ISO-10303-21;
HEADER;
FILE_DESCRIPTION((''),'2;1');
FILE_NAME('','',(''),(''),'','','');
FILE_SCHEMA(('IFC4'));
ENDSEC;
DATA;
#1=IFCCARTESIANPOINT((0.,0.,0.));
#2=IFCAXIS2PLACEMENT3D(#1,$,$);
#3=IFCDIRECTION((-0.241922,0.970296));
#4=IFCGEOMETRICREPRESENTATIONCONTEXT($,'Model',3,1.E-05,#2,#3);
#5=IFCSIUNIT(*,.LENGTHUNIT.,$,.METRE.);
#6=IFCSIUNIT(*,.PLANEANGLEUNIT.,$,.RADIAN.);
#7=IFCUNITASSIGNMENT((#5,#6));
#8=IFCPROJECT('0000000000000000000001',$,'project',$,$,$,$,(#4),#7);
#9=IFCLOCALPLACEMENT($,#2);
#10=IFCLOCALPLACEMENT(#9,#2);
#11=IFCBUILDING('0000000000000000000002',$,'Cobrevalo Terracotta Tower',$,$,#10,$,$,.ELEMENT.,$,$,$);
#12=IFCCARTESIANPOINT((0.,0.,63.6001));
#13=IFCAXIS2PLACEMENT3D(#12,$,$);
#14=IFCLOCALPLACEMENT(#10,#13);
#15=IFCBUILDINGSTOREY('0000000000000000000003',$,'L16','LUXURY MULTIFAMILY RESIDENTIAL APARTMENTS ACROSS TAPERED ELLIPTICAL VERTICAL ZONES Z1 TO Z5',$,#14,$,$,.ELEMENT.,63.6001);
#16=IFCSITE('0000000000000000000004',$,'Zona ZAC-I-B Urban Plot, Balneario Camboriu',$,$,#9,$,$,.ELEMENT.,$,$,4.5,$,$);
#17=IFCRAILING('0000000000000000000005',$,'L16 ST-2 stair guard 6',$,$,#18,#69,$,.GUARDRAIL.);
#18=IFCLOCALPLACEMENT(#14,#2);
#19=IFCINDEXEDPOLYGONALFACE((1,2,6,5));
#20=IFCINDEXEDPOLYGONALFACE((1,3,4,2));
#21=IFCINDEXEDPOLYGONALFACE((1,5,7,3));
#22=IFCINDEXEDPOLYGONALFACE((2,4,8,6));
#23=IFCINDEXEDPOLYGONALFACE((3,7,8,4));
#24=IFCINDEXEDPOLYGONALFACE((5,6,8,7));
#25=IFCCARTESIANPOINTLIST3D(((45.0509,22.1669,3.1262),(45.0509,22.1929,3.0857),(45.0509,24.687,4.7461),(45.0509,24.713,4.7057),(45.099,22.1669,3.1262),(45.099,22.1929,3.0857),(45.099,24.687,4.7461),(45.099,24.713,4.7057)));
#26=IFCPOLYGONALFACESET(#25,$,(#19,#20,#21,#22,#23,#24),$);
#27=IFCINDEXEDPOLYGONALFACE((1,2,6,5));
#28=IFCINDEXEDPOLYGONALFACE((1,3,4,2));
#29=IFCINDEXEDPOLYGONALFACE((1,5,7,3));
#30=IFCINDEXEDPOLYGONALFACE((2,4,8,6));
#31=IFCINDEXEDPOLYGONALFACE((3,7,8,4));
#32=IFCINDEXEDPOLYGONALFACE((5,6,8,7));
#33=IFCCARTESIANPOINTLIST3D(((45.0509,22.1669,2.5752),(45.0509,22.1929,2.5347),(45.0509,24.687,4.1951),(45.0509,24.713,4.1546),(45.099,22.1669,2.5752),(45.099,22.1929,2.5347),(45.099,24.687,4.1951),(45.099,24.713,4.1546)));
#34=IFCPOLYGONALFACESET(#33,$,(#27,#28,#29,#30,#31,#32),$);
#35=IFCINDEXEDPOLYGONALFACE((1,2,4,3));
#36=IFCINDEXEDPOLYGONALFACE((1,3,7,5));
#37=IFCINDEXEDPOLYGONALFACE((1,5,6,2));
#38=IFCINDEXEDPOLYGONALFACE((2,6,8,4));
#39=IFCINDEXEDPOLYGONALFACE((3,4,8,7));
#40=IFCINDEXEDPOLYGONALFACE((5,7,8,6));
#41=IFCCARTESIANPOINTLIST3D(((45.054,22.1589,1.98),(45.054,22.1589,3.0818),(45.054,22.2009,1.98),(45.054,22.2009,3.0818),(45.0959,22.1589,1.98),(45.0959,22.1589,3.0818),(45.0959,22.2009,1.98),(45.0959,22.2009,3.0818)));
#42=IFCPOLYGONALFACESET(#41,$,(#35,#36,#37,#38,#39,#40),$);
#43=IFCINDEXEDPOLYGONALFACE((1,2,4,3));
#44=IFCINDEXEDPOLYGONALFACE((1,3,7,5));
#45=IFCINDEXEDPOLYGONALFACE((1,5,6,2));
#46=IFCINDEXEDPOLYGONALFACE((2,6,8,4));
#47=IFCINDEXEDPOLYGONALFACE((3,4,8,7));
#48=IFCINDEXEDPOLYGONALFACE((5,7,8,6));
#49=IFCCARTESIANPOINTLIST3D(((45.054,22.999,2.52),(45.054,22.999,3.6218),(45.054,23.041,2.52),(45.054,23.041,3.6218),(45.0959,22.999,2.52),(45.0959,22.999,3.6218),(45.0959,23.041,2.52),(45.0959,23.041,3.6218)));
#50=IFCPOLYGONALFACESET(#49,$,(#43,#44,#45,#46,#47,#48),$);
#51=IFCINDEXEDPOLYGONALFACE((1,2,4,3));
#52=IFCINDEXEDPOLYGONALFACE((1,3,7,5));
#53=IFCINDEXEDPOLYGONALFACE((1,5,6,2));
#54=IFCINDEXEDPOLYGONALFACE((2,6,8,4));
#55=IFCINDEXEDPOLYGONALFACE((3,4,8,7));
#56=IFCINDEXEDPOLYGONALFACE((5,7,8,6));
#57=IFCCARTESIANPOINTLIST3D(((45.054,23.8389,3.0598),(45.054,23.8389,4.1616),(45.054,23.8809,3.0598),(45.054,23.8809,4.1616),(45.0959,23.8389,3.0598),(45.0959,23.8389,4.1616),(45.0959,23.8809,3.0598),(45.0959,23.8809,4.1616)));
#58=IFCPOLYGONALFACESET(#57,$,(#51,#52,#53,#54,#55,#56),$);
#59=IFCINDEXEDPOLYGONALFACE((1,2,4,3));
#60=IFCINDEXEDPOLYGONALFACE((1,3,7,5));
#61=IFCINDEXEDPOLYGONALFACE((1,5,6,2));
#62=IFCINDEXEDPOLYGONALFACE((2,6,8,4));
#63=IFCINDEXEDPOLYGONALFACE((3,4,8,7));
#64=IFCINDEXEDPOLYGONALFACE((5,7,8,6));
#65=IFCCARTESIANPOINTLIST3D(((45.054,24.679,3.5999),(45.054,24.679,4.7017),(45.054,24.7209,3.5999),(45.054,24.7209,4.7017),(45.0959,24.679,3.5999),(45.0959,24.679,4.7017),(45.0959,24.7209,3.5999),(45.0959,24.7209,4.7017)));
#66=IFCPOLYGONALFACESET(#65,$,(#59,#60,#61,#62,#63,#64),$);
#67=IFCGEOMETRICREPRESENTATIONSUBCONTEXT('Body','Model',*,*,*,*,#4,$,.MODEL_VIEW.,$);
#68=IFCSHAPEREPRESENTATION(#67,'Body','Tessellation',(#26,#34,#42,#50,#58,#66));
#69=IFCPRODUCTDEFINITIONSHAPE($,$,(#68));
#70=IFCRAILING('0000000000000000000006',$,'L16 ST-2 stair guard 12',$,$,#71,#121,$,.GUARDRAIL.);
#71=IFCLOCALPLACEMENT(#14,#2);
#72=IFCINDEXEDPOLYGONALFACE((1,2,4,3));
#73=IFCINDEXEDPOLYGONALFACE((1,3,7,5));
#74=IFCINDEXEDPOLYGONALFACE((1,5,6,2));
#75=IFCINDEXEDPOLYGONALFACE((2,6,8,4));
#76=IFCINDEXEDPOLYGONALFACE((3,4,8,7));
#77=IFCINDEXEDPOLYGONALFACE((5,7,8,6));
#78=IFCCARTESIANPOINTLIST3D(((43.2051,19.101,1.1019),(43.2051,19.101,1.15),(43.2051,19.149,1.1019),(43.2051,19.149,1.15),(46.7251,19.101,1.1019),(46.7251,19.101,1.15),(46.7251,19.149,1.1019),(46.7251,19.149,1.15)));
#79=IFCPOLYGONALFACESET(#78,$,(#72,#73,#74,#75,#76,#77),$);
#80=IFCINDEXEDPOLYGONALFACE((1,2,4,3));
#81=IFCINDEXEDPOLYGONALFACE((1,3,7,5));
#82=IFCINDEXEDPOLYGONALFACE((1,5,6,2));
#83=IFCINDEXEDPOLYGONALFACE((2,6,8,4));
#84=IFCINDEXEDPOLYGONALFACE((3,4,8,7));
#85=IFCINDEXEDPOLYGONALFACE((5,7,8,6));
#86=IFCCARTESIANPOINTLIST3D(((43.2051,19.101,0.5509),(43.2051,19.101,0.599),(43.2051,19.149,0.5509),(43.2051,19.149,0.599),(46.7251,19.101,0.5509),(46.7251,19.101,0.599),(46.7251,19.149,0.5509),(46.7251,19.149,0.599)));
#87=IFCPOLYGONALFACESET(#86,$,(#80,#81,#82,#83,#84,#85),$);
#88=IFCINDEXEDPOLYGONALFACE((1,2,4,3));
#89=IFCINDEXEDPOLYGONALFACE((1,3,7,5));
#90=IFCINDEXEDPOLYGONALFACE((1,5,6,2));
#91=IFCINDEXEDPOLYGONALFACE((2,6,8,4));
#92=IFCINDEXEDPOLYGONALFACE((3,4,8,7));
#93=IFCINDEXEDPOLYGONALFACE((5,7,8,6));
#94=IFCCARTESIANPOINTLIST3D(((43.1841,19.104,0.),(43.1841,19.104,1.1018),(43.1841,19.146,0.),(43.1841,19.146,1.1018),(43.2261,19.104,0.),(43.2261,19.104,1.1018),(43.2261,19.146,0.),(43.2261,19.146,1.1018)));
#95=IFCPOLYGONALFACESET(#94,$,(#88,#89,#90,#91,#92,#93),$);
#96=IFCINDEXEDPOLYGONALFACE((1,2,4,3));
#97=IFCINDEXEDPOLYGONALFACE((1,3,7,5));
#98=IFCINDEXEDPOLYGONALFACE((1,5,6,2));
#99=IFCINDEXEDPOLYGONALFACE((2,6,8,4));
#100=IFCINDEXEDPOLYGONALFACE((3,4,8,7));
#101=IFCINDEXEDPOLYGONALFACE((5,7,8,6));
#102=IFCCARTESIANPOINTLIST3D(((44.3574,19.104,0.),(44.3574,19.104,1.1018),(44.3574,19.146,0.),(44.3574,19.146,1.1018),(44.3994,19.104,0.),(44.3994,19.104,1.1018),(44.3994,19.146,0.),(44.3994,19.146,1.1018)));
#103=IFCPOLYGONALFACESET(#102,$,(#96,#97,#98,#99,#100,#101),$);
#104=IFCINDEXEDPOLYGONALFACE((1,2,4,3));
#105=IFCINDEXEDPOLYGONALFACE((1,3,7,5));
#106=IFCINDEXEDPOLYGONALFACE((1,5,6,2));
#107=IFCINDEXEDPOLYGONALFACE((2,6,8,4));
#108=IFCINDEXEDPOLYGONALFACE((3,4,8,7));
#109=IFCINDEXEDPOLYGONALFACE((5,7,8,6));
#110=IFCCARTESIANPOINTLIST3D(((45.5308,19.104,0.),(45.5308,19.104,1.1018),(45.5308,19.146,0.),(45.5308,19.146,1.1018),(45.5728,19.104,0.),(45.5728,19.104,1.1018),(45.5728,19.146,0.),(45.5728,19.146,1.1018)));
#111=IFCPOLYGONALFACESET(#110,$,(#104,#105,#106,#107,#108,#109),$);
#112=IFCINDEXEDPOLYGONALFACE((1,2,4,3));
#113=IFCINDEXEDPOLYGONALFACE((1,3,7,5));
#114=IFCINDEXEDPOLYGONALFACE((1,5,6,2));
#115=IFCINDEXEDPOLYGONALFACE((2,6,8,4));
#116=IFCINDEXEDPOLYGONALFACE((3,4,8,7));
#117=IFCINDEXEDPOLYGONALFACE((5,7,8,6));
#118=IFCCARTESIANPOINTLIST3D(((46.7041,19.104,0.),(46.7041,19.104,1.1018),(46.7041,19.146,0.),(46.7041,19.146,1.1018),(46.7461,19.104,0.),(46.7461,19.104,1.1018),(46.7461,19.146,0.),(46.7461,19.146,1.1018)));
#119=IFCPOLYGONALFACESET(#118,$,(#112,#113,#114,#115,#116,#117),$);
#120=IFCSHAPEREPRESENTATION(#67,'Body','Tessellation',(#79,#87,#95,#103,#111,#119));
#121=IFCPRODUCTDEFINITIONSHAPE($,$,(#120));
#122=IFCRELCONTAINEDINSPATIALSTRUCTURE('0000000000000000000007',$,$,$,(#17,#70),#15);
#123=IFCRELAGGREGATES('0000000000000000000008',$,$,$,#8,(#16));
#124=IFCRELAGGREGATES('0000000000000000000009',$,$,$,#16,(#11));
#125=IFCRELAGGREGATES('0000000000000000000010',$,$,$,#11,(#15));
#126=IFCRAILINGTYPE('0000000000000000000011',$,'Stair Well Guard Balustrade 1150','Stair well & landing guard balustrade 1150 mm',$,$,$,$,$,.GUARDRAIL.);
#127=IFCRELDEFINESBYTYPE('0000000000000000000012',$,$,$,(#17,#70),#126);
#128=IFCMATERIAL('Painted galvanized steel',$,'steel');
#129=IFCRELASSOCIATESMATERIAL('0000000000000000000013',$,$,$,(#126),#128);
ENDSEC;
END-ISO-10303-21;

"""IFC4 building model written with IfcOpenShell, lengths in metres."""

from ifc_helpers import new_model, si_unit, direction, frame, origin, origin_2d, place, context, subcontext, project, spatial, rectangle, extrude, material, type_object, element, save


model = new_model("IFC4")

# Units and contexts
model_context = context("Model", 3, precision=1e-05, world=origin(), true_north=direction((-0.241922, 0.970296)))
body_context = subcontext(model_context, "Body", "Model", "MODEL_VIEW")
ifc_project = project(units=[si_unit("LENGTHUNIT", "METRE"), si_unit("PLANEANGLEUNIT", "RADIAN")], contexts=[model_context])

# Site, building, storey
site_placement = place(None, origin())
site = spatial("IfcSite", under=ifc_project, at=site_placement, Name="Zona ZAC-I-B Urban Plot, Balneario Camboriu", CompositionType="ELEMENT", RefElevation=4.5)
building_placement = place(site_placement, origin())
building = spatial("IfcBuilding", under=site, at=building_placement, Name="Cobrevalo Terracotta Tower", CompositionType="ELEMENT")
storey_placement = place(building_placement, frame((0.0, 0.0, 63.6001)))
storey = spatial("IfcBuildingStorey", under=building, at=storey_placement, Name="L16", Description="LUXURY MULTIFAMILY RESIDENTIAL APARTMENTS ACROSS TAPERED ELLIPTICAL VERTICAL ZONES Z1 TO Z5", CompositionType="ELEMENT", Elevation=63.6001)

# Railings
ifc_material_1 = material(Name="Painted galvanized steel", Category="steel")
railing_type_1 = type_object("IfcRailingType", Name="Stair Well Guard Balustrade 1150", Description="Stair well & landing guard balustrade 1150 mm", PredefinedType="GUARDRAIL", material=ifc_material_1)
railing_1_placement = place(storey_placement, frame((45.075, 22.1799, 1.98)))
element("IfcRailing", 1, at=railing_1_placement, inside=storey, type_object=railing_type_1, Name="L16 ST-2 stair guard 6", PredefinedType="GUARDRAIL", context=body_context, shape_type="SweptSolid", body=[
    extrude(rectangle(XDim=0.0481, YDim=0.0481, at=origin_2d()), frame((0.0, 0.0, 1.126), z_axis=(0.0, 0.8412, 0.540725), x_axis=(-1.0, 0.0, 0.0)), (0.0, 0.0, 1.0), 2.9958),
    extrude(rectangle(XDim=0.0481, YDim=0.0481, at=origin_2d()), frame((0.0, 0.0, 0.575), z_axis=(0.0, 0.8412, 0.540725), x_axis=(-1.0, 0.0, 0.0)), (0.0, 0.0, 1.0), 2.9958),
    extrude(rectangle(XDim=0.042, YDim=0.042, at=origin_2d()), origin(), (0.0, 0.0, 1.0), 1.1018),
    extrude(rectangle(XDim=0.042, YDim=0.042, at=origin_2d()), frame((0.0, 0.8401, 0.54)), (0.0, 0.0, 1.0), 1.1018),
    extrude(rectangle(XDim=0.042, YDim=0.042, at=origin_2d()), frame((0.0, 1.6799, 1.0798)), (0.0, 0.0, 1.0), 1.1018),
    extrude(rectangle(XDim=0.042, YDim=0.042, at=origin_2d()), frame((0.0, 2.52, 1.6199)), (0.0, 0.0, 1.0), 1.1018),
])
railing_2_placement = place(storey_placement, frame((43.2051, 19.125, 0.0)))
element("IfcRailing", 2, at=railing_2_placement, inside=storey, type_object=railing_type_1, Name="L16 ST-2 stair guard 12", PredefinedType="GUARDRAIL", context=body_context, shape_type="SweptSolid", body=[
    extrude(rectangle(XDim=0.0481, YDim=0.0481, at=origin_2d()), frame((0.0, 0.0, 1.126), z_axis=(1.0, 0.0, 0.0), x_axis=(0.0, 1.0, 0.0)), (0.0, 0.0, 1.0), 3.52),
    extrude(rectangle(XDim=0.0481, YDim=0.0481, at=origin_2d()), frame((0.0, 0.0, 0.575), z_axis=(1.0, 0.0, 0.0), x_axis=(0.0, 1.0, 0.0)), (0.0, 0.0, 1.0), 3.52),
    extrude(rectangle(XDim=0.042, YDim=0.042, at=origin_2d()), origin(), (0.0, 0.0, 1.0), 1.1018),
    extrude(rectangle(XDim=0.042, YDim=0.042, at=origin_2d()), frame((1.1733, 0.0, 0.0)), (0.0, 0.0, 1.0), 1.1018),
    extrude(rectangle(XDim=0.042, YDim=0.042, at=origin_2d()), frame((2.3467, 0.0, 0.0)), (0.0, 0.0, 1.0), 1.1018),
    extrude(rectangle(XDim=0.042, YDim=0.042, at=origin_2d()), frame((3.52, 0.0, 0.0)), (0.0, 0.0, 1.0), 1.1018),
])

save(model, "model.ifc")
